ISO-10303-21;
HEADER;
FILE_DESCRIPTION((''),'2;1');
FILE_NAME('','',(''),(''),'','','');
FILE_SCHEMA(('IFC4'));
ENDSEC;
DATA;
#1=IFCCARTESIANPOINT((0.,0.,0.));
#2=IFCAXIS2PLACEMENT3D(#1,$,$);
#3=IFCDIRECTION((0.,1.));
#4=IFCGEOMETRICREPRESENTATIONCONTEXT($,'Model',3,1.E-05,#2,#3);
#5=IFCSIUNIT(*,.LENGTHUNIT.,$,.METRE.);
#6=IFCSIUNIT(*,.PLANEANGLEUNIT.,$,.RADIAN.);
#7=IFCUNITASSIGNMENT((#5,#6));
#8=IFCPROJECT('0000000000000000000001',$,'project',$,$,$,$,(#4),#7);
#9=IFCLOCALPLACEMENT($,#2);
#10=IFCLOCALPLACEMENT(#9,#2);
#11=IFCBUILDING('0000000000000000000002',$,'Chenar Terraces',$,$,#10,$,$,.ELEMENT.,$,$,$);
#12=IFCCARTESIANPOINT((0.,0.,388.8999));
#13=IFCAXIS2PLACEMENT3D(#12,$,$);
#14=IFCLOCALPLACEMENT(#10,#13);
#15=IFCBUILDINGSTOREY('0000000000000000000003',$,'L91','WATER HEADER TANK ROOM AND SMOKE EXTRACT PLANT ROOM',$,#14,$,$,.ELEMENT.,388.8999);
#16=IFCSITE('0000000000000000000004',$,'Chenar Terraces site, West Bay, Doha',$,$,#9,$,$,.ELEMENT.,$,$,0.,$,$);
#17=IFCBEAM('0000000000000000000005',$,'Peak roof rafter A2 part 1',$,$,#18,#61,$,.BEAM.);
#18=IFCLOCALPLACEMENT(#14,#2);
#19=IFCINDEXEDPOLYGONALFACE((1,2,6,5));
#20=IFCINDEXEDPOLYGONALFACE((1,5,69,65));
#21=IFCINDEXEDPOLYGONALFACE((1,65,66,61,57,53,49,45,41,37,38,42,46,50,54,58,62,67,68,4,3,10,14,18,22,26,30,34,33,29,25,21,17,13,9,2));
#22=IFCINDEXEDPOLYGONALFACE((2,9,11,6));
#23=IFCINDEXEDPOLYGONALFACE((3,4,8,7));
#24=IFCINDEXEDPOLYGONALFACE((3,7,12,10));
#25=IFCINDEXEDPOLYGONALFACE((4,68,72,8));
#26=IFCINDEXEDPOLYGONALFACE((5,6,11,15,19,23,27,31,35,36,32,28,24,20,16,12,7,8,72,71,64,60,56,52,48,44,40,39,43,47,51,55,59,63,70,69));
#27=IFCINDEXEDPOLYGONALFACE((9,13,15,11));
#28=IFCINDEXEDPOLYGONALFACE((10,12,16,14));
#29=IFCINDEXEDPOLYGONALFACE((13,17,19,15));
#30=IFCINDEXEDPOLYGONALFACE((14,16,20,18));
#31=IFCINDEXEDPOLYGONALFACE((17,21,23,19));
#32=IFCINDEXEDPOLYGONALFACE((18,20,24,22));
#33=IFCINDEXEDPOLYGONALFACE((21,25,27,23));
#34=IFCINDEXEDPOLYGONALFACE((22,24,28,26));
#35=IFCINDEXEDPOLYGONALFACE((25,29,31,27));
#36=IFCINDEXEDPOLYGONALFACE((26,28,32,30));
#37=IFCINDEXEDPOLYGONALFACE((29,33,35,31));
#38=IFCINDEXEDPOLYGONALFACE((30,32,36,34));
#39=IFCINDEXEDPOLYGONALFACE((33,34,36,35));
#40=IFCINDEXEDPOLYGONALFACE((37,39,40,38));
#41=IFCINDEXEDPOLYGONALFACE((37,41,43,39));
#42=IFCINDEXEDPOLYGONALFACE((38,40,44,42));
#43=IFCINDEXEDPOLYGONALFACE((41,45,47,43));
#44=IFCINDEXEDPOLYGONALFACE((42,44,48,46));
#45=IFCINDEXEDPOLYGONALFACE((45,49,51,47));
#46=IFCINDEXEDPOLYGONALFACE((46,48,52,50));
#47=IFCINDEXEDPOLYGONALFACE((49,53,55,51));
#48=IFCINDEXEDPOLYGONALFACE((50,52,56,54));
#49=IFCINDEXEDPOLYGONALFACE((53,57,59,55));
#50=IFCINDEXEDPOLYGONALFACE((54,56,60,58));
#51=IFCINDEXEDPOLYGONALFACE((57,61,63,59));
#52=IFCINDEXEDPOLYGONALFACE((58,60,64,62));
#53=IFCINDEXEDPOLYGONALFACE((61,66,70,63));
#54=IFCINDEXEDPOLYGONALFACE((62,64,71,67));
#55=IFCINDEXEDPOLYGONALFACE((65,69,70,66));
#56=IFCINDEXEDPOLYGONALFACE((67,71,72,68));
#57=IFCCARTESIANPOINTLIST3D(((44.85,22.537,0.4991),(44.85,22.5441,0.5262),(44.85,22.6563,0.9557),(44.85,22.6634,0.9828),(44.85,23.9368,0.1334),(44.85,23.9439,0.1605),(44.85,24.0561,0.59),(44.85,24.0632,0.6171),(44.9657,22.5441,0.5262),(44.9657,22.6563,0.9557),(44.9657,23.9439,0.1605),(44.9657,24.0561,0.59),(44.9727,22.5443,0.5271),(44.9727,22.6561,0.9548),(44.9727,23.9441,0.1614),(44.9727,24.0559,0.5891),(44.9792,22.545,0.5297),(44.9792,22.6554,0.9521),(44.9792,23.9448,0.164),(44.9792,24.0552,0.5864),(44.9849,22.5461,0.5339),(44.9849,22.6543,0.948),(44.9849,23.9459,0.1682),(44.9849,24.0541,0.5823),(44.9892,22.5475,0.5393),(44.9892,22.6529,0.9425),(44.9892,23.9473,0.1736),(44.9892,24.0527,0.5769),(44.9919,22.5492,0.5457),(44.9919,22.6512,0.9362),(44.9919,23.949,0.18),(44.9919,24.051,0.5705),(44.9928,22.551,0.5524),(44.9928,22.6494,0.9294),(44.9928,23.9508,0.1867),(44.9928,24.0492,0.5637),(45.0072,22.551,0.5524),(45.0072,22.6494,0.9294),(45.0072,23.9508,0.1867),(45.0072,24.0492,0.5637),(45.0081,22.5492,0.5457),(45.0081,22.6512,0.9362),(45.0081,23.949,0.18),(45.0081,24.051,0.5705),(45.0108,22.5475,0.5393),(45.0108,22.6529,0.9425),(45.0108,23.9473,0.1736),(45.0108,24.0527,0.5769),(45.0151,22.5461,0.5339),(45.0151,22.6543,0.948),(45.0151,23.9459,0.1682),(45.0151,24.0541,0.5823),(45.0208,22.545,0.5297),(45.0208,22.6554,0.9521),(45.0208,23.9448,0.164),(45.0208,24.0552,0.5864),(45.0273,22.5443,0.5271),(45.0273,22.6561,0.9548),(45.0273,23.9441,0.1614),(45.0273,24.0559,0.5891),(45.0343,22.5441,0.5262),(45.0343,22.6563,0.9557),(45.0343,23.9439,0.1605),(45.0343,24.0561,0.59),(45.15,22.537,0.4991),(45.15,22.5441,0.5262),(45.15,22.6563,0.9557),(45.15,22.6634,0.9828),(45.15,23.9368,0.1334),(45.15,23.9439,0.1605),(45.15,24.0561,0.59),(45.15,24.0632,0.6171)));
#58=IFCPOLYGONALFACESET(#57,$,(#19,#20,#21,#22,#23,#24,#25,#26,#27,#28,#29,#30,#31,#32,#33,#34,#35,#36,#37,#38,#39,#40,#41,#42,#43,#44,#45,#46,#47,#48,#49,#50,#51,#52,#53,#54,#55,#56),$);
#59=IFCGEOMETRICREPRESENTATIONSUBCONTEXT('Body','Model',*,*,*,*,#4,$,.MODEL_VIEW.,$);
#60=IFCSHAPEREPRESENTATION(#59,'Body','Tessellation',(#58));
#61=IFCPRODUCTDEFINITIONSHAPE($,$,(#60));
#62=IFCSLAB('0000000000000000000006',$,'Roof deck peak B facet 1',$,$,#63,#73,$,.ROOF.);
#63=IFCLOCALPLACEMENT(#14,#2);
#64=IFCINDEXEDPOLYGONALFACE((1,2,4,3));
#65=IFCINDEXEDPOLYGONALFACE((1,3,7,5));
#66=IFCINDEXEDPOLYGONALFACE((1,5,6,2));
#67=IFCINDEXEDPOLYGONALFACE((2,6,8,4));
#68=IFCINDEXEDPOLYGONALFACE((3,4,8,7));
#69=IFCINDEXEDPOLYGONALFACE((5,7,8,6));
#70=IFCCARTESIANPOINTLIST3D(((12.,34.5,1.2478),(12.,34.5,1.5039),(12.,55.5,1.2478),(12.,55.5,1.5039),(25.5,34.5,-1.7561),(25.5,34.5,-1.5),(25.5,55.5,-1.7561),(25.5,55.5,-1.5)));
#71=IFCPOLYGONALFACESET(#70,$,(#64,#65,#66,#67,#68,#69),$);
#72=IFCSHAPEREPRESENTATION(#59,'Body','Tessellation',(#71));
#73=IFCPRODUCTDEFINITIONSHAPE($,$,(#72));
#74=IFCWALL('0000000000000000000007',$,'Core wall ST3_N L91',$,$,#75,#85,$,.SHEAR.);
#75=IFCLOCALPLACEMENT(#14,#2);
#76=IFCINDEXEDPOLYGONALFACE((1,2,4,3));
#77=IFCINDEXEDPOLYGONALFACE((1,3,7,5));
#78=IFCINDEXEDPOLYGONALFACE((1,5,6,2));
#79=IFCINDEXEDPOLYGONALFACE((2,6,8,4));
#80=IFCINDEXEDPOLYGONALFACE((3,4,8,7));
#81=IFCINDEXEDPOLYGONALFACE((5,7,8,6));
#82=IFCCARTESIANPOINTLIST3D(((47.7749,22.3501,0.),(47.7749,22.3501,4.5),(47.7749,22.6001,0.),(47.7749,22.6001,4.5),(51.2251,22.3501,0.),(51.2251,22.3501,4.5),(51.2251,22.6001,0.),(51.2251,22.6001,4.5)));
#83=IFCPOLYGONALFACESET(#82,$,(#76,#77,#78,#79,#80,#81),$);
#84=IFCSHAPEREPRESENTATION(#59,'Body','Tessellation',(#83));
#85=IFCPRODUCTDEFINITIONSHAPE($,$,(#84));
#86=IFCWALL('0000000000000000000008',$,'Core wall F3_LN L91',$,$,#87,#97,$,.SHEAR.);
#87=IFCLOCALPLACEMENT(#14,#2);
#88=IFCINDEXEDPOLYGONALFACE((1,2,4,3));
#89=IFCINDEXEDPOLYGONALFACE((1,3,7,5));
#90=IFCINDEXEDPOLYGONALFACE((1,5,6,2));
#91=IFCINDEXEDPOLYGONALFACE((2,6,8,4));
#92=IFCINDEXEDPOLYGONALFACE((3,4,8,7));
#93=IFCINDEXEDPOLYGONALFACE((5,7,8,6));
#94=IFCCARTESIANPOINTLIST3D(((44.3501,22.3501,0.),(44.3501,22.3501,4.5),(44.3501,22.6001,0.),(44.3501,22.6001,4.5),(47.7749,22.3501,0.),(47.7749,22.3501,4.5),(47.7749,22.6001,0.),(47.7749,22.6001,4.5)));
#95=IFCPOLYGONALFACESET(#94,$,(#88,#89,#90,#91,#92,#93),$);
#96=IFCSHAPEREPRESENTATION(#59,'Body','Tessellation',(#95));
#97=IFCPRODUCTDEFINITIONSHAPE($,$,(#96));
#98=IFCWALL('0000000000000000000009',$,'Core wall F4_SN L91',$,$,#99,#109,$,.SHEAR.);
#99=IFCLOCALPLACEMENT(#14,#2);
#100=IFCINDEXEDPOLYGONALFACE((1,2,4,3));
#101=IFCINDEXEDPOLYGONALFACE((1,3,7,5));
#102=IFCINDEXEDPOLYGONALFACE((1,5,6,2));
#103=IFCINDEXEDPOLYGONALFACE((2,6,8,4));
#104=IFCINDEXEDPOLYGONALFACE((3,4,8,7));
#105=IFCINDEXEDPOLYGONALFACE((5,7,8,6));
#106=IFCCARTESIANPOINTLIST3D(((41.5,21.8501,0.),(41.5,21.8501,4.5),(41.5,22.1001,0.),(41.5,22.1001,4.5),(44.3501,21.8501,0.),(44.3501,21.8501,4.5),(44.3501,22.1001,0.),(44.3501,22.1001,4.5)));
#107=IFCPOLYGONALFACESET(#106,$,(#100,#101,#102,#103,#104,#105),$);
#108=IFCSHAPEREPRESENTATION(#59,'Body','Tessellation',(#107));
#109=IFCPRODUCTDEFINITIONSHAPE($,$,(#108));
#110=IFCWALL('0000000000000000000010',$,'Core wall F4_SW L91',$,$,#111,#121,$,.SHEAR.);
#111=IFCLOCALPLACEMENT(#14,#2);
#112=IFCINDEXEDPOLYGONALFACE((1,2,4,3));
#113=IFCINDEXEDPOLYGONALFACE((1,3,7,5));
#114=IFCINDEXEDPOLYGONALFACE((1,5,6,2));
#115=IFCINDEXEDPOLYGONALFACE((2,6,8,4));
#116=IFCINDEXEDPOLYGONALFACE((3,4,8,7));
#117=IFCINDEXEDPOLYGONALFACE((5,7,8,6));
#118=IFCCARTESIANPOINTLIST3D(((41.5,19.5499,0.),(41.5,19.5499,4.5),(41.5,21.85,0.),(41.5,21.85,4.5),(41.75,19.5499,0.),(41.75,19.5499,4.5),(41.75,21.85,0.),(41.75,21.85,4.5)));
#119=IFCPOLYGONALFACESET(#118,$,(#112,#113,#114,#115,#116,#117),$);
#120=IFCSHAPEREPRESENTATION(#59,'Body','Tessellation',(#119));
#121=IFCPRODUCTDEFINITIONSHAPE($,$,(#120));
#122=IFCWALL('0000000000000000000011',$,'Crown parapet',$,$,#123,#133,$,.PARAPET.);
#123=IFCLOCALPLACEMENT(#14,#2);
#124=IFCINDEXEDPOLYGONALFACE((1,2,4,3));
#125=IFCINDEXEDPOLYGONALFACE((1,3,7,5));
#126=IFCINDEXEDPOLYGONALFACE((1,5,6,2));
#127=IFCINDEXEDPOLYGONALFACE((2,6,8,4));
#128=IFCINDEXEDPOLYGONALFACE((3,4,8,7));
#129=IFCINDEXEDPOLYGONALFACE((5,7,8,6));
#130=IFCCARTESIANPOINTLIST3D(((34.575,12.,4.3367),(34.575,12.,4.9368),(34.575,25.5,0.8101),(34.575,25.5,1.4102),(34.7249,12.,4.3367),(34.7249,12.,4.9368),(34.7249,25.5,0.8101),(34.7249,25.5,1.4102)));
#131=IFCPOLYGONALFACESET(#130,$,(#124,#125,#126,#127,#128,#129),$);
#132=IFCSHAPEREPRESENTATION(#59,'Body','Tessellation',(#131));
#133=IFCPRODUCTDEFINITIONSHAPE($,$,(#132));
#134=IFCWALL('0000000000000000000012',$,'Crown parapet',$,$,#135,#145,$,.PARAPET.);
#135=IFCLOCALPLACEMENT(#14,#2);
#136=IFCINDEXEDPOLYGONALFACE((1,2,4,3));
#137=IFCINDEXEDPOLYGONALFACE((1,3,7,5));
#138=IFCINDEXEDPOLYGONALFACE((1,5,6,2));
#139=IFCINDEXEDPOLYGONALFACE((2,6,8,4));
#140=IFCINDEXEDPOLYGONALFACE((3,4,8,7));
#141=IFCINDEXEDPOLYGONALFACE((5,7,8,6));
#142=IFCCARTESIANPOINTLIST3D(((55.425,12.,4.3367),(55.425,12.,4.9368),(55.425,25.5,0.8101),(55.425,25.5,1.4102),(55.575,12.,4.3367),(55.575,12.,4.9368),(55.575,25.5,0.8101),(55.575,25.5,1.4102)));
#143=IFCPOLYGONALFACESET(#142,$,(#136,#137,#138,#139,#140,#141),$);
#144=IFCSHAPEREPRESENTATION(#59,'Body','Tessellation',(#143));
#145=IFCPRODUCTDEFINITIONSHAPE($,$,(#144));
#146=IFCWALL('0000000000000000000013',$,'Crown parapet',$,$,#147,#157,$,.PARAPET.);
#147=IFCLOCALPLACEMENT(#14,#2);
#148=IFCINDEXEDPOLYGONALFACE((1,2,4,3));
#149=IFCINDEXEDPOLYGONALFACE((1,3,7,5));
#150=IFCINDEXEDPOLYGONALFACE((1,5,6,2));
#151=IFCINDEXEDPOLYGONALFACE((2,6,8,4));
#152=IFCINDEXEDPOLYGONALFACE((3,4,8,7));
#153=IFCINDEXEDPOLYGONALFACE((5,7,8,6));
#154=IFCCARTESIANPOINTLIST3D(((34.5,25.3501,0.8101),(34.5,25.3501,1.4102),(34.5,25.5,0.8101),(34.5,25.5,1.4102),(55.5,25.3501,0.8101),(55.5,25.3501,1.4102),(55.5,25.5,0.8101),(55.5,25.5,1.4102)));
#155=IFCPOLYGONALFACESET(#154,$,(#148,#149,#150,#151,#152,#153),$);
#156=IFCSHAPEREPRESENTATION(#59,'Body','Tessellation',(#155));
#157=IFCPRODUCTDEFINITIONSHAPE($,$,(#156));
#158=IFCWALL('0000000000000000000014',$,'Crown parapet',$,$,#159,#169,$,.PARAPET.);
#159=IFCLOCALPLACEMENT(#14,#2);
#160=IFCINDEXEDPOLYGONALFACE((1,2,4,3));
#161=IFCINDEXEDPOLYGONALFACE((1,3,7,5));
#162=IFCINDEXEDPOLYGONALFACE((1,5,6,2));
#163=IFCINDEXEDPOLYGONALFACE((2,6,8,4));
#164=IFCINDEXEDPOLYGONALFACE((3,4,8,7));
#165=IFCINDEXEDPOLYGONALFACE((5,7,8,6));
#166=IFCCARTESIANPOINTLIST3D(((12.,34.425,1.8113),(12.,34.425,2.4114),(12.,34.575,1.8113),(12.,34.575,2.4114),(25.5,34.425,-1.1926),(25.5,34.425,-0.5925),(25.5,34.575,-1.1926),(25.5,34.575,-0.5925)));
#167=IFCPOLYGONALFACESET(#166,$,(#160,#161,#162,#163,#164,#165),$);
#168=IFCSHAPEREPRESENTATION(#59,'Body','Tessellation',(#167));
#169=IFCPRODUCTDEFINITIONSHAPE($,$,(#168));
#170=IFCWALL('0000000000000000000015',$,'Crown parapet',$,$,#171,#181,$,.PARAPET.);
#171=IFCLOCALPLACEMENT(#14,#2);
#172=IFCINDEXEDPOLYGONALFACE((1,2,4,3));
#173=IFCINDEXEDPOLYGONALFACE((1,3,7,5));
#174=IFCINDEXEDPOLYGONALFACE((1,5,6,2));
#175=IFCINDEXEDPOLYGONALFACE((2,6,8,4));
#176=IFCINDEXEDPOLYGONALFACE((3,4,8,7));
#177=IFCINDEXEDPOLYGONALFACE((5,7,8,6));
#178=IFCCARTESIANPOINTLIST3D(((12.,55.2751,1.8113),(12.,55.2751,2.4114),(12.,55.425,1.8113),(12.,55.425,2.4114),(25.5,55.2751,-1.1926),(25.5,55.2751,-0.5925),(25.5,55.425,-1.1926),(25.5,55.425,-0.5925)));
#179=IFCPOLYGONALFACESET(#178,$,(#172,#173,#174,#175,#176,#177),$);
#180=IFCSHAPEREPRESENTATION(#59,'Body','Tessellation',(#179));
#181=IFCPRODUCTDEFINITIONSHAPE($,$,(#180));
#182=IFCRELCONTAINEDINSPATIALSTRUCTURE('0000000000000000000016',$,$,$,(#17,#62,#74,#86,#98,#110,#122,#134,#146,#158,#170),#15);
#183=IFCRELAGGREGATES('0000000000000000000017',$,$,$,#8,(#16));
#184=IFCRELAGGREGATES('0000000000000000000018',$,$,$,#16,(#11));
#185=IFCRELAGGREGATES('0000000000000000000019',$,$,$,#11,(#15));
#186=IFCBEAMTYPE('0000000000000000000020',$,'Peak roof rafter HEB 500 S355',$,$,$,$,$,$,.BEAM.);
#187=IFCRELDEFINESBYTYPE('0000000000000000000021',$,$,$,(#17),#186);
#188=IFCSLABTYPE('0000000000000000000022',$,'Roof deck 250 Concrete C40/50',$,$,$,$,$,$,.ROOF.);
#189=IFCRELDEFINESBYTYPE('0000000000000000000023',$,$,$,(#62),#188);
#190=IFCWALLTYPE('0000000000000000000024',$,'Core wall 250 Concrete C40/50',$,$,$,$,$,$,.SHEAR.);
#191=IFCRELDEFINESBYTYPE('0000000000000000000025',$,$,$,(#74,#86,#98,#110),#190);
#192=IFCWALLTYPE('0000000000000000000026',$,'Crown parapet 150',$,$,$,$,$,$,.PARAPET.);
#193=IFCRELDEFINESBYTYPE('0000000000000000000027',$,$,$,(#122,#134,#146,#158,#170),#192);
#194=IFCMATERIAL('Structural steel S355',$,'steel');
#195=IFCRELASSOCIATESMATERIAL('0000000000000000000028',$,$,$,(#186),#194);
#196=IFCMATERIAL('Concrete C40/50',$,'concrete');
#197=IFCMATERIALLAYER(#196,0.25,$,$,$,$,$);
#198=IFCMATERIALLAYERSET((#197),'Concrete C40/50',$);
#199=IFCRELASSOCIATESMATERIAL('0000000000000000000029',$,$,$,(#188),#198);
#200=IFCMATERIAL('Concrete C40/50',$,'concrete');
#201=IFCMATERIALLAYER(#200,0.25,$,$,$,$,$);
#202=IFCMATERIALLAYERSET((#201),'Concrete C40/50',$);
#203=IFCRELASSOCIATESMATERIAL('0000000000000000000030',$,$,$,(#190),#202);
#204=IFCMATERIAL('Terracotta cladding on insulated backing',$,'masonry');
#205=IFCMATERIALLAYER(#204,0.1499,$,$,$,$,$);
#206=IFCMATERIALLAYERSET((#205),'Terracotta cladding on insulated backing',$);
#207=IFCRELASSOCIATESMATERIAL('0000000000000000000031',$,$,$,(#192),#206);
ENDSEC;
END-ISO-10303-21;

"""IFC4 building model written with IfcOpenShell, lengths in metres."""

from ifc_helpers import new_model, si_unit, direction, frame, frame_2d, origin, origin_2d, place, context, subcontext, project, spatial, polyline, rectangle, i_section, outline, extrude, material, layer, layer_set, material_profile, profile_set, type_object, element, save


model = new_model("IFC4")

# Units and contexts
model_context = context("Model", 3, precision=1e-05, world=origin(), true_north=direction((0.0, 1.0)))
body_context = subcontext(model_context, "Body", "Model", "MODEL_VIEW")
ifc_project = project(units=[si_unit("LENGTHUNIT", "METRE"), si_unit("PLANEANGLEUNIT", "RADIAN")], contexts=[model_context])

# Site, building, storey
site_placement = place(None, origin())
site = spatial("IfcSite", under=ifc_project, at=site_placement, Name="Chenar Terraces site, West Bay, Doha", CompositionType="ELEMENT", RefElevation=0.0)
building_placement = place(site_placement, origin())
building = spatial("IfcBuilding", under=site, at=building_placement, Name="Chenar Terraces", CompositionType="ELEMENT")
storey_placement = place(building_placement, frame((0.0, 0.0, 388.8999)))
storey = spatial("IfcBuildingStorey", under=building, at=storey_placement, Name="L91", Description="WATER HEADER TANK ROOM AND SMOKE EXTRACT PLANT ROOM", CompositionType="ELEMENT", Elevation=388.8999)

# Beam
ifc_material_1 = material(Name="Structural steel S355", Category="steel")
ifc_material_profile_1 = material_profile(ifc_material_1, i_section(OverallWidth=0.3, OverallDepth=0.5, WebThickness=0.0144, FlangeThickness=0.0281, FilletRadius=0.0271, at=origin_2d()), Name="HEB 500")
ifc_profile_set_1 = profile_set([ifc_material_profile_1], Name="Structural steel S355")
beam_type_1 = type_object("IfcBeamType", Name="Peak roof rafter HEB 500 S355", PredefinedType="BEAM", material=ifc_profile_set_1)
beam_1_placement = place(storey_placement, frame((45.0, 24.0, 0.3752), z_axis=(0.0, -0.967528, 0.252765), x_axis=(1.0, 0.0, 0.0)))
element("IfcBeam", 1, at=beam_1_placement, inside=storey, type_object=beam_type_1, Name="Peak roof rafter A2 part 1", PredefinedType="BEAM", context=body_context, shape_type="SweptSolid", body=[
    extrude(i_section(OverallWidth=0.3, OverallDepth=0.5, WebThickness=0.0144, FlangeThickness=0.0281, FilletRadius=0.0271, at=origin_2d()), origin(), (0.0, 0.0, 1.0), 1.4468),
])

# Slab
ifc_material_2 = material(Name="Concrete C40/50", Category="concrete")
ifc_layer_1 = layer(ifc_material_2, 0.25)
ifc_layer_set_1 = layer_set([ifc_layer_1], Name="Concrete C40/50")
slab_type = type_object("IfcSlabType", Name="Roof deck 250 Concrete C40/50", PredefinedType="ROOF", material=ifc_layer_set_1)
slab_placement = place(storey_placement, frame((25.5, 34.5, -1.5), z_axis=(0.2172, 0.0, 0.976127), x_axis=(0.0, 1.0, 0.0)))
element("IfcSlab", 2, at=slab_placement, inside=storey, type_object=slab_type, Name="Roof deck peak B facet 1", PredefinedType="ROOF", context=body_context, shape_type="SweptSolid", body=[
    extrude(outline(polyline([(0.0, 0.0), (21.0, 0.0), (21.0, 13.8302), (0.0, 13.8302), (0.0, 0.0)])), origin(), (0.0, -0.2172, -0.976127), 0.2561),
])

# Walls
ifc_material_3 = material(Name="Concrete C40/50", Category="concrete")
ifc_layer_2 = layer(ifc_material_3, 0.25)
ifc_layer_set_2 = layer_set([ifc_layer_2], Name="Concrete C40/50")
wall_type_1 = type_object("IfcWallType", Name="Core wall 250 Concrete C40/50", PredefinedType="SHEAR", material=ifc_layer_set_2)
wall_1_placement = place(storey_placement, frame((47.7749, 22.4751, 0.0), z_axis=(0.0, 0.0, 1.0), x_axis=(1.0, 0.0, 0.0)))
element("IfcWall", 3, at=wall_1_placement, inside=storey, type_object=wall_type_1, Name="Core wall ST3_N L91", PredefinedType="SHEAR", context=body_context, shape_type="SweptSolid", body=[
    extrude(rectangle(XDim=3.4502, YDim=0.25, at=frame_2d((1.7251, 0.0))), origin(), (0.0, 0.0, 1.0), 4.5),
])
wall_2_placement = place(storey_placement, frame((44.3501, 22.4751, 0.0), z_axis=(0.0, 0.0, 1.0), x_axis=(1.0, 0.0, 0.0)))
element("IfcWall", 4, at=wall_2_placement, inside=storey, type_object=wall_type_1, Name="Core wall F3_LN L91", PredefinedType="SHEAR", context=body_context, shape_type="SweptSolid", body=[
    extrude(rectangle(XDim=3.4248, YDim=0.25, at=frame_2d((1.7124, 0.0))), origin(), (0.0, 0.0, 1.0), 4.5),
])
wall_3_placement = place(storey_placement, frame((41.5, 21.9751, 0.0), z_axis=(0.0, 0.0, 1.0), x_axis=(1.0, 0.0, 0.0)))
element("IfcWall", 5, at=wall_3_placement, inside=storey, type_object=wall_type_1, Name="Core wall F4_SN L91", PredefinedType="SHEAR", context=body_context, shape_type="SweptSolid", body=[
    extrude(rectangle(XDim=2.8501, YDim=0.25, at=frame_2d((1.425, 0.0))), origin(), (0.0, 0.0, 1.0), 4.5),
])
wall_4_placement = place(storey_placement, frame((41.625, 19.55, 0.0), z_axis=(0.0, 0.0, 1.0), x_axis=(0.0, 1.0, 0.0)))
element("IfcWall", 6, at=wall_4_placement, inside=storey, type_object=wall_type_1, Name="Core wall F4_SW L91", PredefinedType="SHEAR", context=body_context, shape_type="SweptSolid", body=[
    extrude(rectangle(XDim=2.3, YDim=0.25, at=frame_2d((1.1499, 0.0))), origin(), (0.0, 0.0, 1.0), 4.5),
])
ifc_material_4 = material(Name="Terracotta cladding on insulated backing", Category="masonry")
ifc_layer_3 = layer(ifc_material_4, 0.1499)
ifc_layer_set_3 = layer_set([ifc_layer_3], Name="Terracotta cladding on insulated backing")
wall_type_2 = type_object("IfcWallType", Name="Crown parapet 150", PredefinedType="PARAPET", material=ifc_layer_set_3)
for number, where, z_axis, x_axis, name in (
    (7, (34.575, 25.5, 0.8101), (-1.0, 0.0, 0.0), (0.0, -0.967532, 0.252749), "Crown parapet"),
    (8, (55.425, 25.5, 0.8101), (-1.0, 0.0, 0.0), (0.0, -0.967532, 0.252749), "Crown parapet"),
):
    element("IfcWall", number, at=place(storey_placement, frame(where, z_axis=z_axis, x_axis=x_axis)), inside=storey, type_object=wall_type_2, Name=name, PredefinedType="PARAPET", context=body_context, shape_type="SweptSolid", body=[
        extrude(outline(polyline([(0.0, 0.0), (13.953, 0.0), (14.1047, 0.5806), (0.1517, 0.5806), (0.0, 0.0)])), origin(), (0.0, 0.0, -1.0), 0.1499),
    ])
wall_5_placement = place(storey_placement, frame((34.5, 25.425, 0.8101), z_axis=(0.0, 0.0, 1.0), x_axis=(1.0, 0.0, 0.0)))
element("IfcWall", 9, at=wall_5_placement, inside=storey, type_object=wall_type_2, Name="Crown parapet", PredefinedType="PARAPET", context=body_context, shape_type="SweptSolid", body=[
    extrude(rectangle(XDim=21.0, YDim=0.1499, at=frame_2d((10.5, 0.0))), origin(), (0.0, 0.0, 1.0), 0.6001),
])
for number, where, z_axis, x_axis, name in (
    (10, (25.5, 34.575, -1.1926), (0.0, 1.0, 0.0), (-0.976127, 0.0, 0.2172), "Crown parapet"),
    (11, (25.5, 55.425, -1.1926), (0.0, 1.0, 0.0), (-0.976127, 0.0, 0.2172), "Crown parapet"),
):
    element("IfcWall", number, at=place(storey_placement, frame(where, z_axis=z_axis, x_axis=x_axis)), inside=storey, type_object=wall_type_2, Name=name, PredefinedType="PARAPET", context=body_context, shape_type="SweptSolid", body=[
        extrude(outline(polyline([(0.0, 0.0), (13.8302, 0.0), (13.9605, 0.5858), (0.1303, 0.5858), (0.0, 0.0)])), origin(), (0.0, 0.0, -1.0), 0.1499),
    ])

save(model, "model.ifc")
